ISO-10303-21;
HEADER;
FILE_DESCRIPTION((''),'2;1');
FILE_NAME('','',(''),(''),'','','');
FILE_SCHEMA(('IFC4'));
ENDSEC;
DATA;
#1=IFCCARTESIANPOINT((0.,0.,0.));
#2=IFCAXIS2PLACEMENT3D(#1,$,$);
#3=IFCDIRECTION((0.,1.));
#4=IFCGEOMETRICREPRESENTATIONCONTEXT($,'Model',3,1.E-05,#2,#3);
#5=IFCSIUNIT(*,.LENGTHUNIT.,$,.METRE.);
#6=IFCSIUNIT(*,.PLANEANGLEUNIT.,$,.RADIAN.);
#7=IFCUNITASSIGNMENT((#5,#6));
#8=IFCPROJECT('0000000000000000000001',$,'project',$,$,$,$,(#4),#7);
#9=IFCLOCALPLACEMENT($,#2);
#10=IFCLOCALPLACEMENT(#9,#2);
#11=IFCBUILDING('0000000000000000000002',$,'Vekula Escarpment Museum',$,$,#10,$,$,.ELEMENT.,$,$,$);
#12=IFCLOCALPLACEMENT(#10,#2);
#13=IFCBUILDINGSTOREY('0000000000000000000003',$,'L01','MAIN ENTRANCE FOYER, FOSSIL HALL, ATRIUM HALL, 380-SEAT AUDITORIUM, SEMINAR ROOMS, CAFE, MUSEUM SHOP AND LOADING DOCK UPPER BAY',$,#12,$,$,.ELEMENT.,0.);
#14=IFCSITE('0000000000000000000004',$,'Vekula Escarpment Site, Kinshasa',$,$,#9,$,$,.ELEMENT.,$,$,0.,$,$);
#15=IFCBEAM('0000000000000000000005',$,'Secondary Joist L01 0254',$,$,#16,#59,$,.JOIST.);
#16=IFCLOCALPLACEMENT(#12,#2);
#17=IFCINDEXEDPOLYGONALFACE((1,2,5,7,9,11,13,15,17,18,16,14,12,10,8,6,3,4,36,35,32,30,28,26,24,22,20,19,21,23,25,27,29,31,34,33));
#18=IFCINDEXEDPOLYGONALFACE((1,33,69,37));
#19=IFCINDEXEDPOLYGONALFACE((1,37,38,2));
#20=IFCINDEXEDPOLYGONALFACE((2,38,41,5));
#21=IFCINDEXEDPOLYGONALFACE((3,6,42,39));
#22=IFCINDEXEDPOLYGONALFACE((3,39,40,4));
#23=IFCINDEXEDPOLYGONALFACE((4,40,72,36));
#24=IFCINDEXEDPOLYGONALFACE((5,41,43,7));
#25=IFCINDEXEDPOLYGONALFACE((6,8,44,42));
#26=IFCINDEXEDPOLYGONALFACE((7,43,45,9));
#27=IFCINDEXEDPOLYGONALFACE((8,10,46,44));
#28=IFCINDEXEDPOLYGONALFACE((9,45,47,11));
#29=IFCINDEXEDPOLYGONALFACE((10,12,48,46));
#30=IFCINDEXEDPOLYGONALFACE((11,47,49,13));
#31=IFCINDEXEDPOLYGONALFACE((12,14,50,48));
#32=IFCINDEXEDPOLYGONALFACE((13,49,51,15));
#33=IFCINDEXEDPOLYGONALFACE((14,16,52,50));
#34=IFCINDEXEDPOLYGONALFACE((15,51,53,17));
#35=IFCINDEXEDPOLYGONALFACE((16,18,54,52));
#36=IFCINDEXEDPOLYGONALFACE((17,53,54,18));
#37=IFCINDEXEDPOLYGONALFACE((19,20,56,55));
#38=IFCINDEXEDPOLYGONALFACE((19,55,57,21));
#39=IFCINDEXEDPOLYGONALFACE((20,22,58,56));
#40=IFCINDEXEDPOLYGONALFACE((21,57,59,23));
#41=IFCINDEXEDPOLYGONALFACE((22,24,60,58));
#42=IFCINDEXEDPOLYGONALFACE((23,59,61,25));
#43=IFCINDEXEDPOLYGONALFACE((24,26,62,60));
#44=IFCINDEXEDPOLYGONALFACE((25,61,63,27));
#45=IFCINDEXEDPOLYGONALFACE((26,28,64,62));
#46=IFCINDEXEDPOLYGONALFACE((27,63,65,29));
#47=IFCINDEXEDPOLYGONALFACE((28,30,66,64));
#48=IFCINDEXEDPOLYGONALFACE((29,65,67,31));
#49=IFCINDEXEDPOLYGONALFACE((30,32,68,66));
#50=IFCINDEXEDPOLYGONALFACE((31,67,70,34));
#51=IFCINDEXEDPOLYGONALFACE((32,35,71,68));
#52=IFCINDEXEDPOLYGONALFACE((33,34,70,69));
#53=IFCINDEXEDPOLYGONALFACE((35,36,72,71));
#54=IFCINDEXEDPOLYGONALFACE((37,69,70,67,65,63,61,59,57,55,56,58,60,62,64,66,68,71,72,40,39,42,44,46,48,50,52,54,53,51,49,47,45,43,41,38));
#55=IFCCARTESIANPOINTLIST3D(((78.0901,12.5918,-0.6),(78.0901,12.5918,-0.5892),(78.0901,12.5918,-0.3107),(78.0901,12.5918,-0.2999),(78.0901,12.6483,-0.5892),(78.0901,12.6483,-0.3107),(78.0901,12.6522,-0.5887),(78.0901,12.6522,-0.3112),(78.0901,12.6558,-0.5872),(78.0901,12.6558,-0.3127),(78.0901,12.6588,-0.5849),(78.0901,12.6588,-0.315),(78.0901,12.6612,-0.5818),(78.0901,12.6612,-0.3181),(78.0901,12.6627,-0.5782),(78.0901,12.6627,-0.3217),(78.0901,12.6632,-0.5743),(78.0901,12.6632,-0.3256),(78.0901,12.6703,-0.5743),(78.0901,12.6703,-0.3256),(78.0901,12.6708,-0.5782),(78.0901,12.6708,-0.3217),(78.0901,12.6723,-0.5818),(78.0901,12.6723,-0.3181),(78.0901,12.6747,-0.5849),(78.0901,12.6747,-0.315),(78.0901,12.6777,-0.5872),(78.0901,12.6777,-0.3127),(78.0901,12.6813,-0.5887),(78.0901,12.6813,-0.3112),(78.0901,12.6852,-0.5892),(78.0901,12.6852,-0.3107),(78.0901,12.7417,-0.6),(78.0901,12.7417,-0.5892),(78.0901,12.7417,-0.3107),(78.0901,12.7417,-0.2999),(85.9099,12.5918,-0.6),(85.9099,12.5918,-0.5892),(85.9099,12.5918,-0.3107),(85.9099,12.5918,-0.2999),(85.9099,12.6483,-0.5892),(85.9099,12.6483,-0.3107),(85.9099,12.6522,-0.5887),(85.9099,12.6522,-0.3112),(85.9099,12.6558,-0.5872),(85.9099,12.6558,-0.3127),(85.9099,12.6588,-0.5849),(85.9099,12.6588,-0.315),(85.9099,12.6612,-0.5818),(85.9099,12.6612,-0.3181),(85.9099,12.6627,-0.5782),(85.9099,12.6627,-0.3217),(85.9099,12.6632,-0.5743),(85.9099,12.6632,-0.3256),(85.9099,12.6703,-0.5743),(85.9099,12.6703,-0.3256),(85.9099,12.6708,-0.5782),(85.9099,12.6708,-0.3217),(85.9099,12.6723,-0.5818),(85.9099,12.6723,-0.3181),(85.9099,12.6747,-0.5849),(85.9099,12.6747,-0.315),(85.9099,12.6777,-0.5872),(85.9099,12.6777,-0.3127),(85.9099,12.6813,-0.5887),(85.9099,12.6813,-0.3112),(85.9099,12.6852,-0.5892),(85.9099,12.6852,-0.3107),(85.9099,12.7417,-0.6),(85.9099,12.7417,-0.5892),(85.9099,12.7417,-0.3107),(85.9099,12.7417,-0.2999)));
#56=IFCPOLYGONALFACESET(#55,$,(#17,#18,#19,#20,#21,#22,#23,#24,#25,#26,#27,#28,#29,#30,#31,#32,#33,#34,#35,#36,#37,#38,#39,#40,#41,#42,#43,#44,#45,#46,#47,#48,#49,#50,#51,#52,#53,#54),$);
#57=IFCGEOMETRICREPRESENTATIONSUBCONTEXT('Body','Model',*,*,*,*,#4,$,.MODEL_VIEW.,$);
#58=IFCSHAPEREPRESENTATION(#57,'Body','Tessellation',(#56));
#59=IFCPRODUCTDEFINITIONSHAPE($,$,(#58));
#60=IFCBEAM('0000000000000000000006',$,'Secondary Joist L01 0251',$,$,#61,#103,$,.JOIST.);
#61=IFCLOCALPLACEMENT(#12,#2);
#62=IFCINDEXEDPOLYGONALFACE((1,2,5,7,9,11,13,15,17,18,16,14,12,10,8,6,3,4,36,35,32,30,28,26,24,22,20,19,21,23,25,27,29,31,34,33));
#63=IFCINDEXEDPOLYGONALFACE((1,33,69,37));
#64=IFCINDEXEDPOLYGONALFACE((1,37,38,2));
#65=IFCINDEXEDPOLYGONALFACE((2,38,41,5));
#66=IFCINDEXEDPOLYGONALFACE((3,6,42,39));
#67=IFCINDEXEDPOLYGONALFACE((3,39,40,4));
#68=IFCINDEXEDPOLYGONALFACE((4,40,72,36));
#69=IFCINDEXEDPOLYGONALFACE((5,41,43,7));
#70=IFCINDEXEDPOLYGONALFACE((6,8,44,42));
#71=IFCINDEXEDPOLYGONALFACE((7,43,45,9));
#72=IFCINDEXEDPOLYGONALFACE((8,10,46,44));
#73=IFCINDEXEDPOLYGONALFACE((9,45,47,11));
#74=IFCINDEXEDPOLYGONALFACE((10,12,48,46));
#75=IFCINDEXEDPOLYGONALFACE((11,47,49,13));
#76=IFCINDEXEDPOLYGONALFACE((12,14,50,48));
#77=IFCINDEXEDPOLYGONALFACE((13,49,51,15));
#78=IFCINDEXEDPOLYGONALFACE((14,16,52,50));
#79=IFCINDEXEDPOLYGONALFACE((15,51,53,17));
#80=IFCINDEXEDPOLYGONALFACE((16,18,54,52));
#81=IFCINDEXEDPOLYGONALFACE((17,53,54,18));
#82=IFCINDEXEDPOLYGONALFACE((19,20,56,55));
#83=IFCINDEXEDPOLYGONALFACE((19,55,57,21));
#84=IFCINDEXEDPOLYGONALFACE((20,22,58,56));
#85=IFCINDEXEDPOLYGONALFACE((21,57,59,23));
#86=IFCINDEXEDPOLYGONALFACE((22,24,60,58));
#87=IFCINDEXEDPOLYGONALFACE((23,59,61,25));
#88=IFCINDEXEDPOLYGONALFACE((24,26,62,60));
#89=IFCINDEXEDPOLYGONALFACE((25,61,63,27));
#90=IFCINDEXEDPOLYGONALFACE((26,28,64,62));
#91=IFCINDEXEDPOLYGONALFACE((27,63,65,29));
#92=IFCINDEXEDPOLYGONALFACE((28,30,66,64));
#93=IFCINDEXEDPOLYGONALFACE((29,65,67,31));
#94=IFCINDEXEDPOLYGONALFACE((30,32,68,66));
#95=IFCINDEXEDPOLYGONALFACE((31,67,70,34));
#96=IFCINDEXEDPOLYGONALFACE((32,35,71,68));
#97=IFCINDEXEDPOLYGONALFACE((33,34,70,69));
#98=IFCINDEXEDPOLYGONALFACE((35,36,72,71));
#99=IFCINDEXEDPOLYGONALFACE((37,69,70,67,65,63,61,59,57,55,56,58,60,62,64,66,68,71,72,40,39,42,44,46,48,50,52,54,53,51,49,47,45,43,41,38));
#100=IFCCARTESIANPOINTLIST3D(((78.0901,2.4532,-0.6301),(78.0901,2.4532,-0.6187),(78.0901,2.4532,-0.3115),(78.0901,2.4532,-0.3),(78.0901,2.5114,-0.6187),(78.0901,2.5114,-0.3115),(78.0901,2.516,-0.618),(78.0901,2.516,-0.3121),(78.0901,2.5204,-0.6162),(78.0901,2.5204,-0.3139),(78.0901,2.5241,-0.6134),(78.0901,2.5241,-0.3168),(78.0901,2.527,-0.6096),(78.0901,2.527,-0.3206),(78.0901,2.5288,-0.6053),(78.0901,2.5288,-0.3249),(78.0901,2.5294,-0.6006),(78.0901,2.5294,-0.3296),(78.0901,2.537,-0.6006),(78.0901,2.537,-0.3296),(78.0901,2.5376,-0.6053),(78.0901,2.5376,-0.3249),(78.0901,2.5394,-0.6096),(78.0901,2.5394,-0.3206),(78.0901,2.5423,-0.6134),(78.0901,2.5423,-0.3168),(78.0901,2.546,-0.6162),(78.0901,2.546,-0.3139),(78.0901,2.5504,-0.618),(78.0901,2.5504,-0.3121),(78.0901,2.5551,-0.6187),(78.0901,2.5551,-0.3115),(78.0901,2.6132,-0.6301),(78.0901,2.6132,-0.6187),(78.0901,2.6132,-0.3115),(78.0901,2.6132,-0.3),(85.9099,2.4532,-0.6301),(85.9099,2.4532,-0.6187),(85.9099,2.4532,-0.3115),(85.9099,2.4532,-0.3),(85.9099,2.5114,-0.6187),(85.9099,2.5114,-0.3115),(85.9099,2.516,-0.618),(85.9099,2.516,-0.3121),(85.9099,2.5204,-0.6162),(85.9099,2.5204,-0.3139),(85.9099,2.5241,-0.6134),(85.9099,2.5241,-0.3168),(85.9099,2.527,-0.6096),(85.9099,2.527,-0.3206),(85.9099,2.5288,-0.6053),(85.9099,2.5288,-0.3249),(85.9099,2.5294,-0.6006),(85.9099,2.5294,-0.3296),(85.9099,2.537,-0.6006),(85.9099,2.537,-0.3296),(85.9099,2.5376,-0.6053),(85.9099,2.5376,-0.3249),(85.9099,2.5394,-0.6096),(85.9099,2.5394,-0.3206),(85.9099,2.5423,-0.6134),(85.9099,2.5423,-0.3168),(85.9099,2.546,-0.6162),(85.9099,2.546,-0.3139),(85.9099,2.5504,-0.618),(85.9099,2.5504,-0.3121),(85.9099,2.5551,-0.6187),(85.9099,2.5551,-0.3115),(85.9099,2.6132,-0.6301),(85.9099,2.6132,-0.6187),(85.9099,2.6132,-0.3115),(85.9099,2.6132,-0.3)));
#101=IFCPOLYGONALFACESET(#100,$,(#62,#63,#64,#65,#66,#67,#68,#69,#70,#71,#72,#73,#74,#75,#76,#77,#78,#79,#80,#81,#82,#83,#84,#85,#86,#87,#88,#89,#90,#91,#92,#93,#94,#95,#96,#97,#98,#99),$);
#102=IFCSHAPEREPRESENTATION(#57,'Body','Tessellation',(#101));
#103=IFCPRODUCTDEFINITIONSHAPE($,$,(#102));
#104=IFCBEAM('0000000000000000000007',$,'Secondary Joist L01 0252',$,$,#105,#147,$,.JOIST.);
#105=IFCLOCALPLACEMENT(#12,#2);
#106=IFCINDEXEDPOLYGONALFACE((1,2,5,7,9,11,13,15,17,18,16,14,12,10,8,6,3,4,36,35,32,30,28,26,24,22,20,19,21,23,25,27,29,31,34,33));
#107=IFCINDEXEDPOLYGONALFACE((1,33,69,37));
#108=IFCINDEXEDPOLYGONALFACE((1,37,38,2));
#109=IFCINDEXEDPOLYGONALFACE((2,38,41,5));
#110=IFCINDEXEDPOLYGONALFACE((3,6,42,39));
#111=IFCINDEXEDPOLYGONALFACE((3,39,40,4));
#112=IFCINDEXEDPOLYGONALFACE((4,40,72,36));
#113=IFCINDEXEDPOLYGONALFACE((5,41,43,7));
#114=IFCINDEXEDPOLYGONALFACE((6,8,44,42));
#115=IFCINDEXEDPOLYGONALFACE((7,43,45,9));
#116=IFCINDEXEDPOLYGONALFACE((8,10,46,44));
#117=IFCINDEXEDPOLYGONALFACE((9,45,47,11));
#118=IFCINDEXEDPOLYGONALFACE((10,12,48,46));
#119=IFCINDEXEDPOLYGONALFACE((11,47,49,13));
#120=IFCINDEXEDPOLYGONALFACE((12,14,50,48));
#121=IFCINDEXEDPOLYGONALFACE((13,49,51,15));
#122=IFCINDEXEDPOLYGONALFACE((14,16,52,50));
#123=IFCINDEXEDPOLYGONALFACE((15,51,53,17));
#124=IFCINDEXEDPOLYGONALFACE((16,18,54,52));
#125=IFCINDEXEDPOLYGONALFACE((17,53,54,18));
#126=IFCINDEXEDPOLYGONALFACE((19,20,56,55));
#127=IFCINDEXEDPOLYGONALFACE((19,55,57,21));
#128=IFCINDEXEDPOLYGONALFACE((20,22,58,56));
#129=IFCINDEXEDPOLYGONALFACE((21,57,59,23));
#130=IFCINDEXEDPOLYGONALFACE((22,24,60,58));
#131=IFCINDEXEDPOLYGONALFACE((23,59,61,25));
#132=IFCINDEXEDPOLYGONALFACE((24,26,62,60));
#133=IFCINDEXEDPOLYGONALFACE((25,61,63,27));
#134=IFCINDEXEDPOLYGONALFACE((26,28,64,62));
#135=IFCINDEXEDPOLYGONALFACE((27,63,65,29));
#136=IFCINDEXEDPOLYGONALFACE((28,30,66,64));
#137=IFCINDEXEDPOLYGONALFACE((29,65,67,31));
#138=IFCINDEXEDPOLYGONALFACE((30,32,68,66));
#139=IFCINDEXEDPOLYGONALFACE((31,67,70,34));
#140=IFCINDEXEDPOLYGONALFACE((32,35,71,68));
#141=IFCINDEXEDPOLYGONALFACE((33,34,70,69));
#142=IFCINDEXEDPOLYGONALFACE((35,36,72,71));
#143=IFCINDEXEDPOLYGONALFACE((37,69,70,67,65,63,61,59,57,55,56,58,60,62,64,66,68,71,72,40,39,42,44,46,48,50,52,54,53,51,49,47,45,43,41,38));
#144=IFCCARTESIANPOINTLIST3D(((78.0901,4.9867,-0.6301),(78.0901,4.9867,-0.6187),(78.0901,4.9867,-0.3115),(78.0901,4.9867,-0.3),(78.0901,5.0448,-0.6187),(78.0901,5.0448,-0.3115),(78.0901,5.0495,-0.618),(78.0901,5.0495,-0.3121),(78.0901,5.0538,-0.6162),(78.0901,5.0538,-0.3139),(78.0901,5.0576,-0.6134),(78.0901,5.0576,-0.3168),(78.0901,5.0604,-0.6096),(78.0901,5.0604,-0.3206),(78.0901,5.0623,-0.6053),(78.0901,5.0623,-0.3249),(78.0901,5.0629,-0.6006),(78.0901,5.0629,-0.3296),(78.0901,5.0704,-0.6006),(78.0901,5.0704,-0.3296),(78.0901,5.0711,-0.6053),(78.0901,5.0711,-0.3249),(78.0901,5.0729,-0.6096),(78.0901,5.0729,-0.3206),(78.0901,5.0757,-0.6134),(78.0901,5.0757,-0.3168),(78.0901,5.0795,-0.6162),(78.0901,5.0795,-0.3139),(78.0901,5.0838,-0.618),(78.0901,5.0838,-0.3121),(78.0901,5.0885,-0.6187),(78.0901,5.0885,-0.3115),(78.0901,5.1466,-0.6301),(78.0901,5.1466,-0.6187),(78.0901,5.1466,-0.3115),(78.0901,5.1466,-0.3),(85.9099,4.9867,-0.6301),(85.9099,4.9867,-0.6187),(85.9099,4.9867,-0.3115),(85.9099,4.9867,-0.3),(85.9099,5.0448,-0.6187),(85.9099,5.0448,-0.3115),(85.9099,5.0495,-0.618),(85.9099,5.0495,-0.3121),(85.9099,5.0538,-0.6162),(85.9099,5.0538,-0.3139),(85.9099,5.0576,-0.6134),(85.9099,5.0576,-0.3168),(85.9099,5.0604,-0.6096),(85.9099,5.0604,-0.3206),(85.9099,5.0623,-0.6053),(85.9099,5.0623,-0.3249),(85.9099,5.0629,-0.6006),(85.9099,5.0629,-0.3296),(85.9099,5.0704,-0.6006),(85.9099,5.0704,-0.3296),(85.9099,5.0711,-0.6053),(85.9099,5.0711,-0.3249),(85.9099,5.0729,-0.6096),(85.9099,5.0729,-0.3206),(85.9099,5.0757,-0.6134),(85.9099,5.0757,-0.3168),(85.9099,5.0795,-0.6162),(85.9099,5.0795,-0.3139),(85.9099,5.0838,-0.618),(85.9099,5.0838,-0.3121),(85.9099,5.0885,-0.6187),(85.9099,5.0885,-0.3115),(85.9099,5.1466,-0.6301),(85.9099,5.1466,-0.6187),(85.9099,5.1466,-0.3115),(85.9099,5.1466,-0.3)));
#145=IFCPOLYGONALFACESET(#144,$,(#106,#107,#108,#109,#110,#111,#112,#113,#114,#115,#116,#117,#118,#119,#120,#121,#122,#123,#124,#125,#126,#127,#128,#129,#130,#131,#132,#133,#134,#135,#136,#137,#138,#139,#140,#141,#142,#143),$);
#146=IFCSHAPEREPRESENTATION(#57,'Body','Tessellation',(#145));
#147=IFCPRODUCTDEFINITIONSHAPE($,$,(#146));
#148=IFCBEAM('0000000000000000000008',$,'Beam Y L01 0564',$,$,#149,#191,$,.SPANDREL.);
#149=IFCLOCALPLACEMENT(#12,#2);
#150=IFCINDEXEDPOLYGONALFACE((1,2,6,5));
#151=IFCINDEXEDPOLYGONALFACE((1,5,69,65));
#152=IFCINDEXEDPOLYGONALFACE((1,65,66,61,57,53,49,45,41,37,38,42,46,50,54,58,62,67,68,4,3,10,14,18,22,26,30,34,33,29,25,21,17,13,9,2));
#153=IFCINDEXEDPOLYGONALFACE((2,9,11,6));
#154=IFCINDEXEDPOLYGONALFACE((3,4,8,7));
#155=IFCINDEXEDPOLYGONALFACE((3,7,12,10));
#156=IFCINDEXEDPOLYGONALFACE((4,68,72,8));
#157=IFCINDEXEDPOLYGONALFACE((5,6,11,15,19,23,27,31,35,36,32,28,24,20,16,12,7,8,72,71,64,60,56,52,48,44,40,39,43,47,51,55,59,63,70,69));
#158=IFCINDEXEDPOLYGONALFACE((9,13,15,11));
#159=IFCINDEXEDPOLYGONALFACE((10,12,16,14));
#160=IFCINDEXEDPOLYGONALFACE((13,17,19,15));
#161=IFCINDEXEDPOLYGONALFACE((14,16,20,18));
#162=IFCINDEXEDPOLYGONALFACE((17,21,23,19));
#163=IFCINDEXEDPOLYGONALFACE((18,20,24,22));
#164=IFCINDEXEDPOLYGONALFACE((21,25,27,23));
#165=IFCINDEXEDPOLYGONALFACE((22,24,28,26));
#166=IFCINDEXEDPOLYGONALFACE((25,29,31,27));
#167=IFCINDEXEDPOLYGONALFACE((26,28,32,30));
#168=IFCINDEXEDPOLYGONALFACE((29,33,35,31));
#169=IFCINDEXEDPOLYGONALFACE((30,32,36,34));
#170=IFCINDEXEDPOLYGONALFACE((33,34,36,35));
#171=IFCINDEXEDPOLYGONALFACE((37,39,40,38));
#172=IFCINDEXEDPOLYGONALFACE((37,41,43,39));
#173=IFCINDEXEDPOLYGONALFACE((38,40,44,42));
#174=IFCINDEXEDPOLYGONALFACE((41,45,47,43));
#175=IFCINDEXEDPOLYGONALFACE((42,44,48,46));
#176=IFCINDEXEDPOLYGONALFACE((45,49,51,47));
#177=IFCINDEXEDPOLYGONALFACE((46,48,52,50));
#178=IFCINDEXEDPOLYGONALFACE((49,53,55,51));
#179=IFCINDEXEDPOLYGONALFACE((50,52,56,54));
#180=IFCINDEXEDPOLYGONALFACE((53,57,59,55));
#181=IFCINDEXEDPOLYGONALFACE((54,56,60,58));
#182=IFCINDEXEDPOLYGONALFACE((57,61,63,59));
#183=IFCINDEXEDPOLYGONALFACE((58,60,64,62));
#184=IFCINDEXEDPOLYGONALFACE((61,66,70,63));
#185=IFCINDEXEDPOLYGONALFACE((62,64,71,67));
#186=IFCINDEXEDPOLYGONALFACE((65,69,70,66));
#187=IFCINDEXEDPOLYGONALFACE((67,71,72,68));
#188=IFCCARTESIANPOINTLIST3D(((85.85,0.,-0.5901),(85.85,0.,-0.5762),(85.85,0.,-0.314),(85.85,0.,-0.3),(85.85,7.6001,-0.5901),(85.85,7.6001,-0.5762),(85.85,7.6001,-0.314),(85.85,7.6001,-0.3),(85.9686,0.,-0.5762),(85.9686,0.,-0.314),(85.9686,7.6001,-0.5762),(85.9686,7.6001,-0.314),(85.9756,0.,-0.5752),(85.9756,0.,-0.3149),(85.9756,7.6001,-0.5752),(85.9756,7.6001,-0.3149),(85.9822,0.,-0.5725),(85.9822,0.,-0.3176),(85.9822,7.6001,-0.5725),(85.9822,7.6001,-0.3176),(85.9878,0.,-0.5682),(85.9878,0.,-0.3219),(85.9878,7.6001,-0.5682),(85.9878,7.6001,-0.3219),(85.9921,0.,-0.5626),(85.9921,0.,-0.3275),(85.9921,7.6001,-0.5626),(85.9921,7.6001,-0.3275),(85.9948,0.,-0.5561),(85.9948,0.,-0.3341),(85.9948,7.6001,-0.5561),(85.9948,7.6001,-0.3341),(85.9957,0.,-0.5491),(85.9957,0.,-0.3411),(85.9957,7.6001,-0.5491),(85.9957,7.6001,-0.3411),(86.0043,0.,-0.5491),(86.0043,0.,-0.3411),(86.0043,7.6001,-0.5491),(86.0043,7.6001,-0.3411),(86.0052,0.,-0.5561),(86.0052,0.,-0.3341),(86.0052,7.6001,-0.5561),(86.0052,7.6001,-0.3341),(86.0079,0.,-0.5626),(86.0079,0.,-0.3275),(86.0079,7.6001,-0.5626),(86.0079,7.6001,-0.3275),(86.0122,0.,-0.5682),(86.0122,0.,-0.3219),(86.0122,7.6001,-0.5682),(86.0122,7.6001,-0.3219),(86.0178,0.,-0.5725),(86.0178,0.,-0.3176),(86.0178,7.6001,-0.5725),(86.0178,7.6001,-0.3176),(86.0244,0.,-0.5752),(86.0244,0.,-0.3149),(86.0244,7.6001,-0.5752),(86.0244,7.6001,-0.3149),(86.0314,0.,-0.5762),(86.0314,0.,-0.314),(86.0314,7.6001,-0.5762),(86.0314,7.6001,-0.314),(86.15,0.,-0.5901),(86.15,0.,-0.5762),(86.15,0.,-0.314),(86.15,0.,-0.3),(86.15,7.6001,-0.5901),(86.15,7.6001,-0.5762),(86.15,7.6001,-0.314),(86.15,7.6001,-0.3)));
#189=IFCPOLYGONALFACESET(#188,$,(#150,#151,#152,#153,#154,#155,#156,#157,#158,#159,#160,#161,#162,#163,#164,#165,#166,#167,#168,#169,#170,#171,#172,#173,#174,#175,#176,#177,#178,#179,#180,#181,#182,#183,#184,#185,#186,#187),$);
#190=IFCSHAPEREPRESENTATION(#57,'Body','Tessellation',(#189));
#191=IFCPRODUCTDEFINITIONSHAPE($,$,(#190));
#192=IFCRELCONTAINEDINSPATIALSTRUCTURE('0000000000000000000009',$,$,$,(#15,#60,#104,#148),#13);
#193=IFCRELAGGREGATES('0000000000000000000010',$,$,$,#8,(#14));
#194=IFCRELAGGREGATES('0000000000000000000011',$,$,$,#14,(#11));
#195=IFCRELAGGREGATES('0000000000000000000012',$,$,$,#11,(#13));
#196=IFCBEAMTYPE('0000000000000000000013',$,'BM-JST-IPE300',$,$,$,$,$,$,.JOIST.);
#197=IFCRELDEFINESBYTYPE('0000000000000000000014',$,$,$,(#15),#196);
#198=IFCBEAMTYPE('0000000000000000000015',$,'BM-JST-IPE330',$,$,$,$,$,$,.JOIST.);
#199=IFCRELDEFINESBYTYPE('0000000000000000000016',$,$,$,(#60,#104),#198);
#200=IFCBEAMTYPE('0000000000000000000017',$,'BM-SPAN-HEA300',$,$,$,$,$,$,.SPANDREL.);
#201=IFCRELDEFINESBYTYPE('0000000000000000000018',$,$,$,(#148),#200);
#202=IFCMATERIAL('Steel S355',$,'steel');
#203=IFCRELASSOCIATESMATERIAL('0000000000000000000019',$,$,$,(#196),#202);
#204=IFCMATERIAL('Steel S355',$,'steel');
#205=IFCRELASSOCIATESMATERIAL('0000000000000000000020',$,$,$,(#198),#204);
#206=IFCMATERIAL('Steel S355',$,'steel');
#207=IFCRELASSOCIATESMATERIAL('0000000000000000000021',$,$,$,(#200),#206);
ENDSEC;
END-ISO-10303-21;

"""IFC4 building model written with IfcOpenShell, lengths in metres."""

from ifc_helpers import new_model, si_unit, direction, frame, origin, origin_2d, place, context, subcontext, project, spatial, i_section, extrude, material, material_profile, profile_set, type_object, element, save


model = new_model("IFC4")

# Units and contexts
model_context = context("Model", 3, precision=1e-05, world=origin(), true_north=direction((0.0, 1.0)))
body_context = subcontext(model_context, "Body", "Model", "MODEL_VIEW")
ifc_project = project(units=[si_unit("LENGTHUNIT", "METRE"), si_unit("PLANEANGLEUNIT", "RADIAN")], contexts=[model_context])

# Site, building, storey
site_placement = place(None, origin())
site = spatial("IfcSite", under=ifc_project, at=site_placement, Name="Vekula Escarpment Site, Kinshasa", CompositionType="ELEMENT", RefElevation=0.0)
building_placement = place(site_placement, origin())
building = spatial("IfcBuilding", under=site, at=building_placement, Name="Vekula Escarpment Museum", CompositionType="ELEMENT")
storey_placement = place(building_placement, origin())
storey = spatial("IfcBuildingStorey", under=building, at=storey_placement, Name="L01", Description="MAIN ENTRANCE FOYER, FOSSIL HALL, ATRIUM HALL, 380-SEAT AUDITORIUM, SEMINAR ROOMS, CAFE, MUSEUM SHOP AND LOADING DOCK UPPER BAY", CompositionType="ELEMENT", Elevation=0.0)

# Beams
ifc_material_1 = material(Name="Steel S355", Category="steel")
ifc_material_profile_1 = material_profile(ifc_material_1, i_section(OverallWidth=0.1499, OverallDepth=0.3, WebThickness=0.0071, FlangeThickness=0.0107, FilletRadius=0.0149, at=origin_2d()), Name="IPE 300")
ifc_profile_set_1 = profile_set([ifc_material_profile_1], Name="Steel S355")
beam_type_1 = type_object("IfcBeamType", Name="BM-JST-IPE300", PredefinedType="JOIST", material=ifc_profile_set_1)
for number, where, z_axis, x_axis, name in (
    (1, (78.0901, 12.6667, -0.45), (1.0, 0.0, 0.0), (0.0, 1.0, 0.0), "Secondary Joist L01 0254"),
):
    element("IfcBeam", number, at=place(storey_placement, frame(where, z_axis=z_axis, x_axis=x_axis)), inside=storey, type_object=beam_type_1, Name=name, PredefinedType="JOIST", context=body_context, shape_type="SweptSolid", body=[
        extrude(i_section(OverallWidth=0.1499, OverallDepth=0.3, WebThickness=0.0071, FlangeThickness=0.0107, FilletRadius=0.0149, at=origin_2d()), origin(), (0.0, 0.0, 1.0), 7.8198),
    ])
ifc_material_2 = material(Name="Steel S355", Category="steel")
ifc_material_profile_2 = material_profile(ifc_material_2, i_section(OverallWidth=0.1599, OverallDepth=0.3301, WebThickness=0.0076, FlangeThickness=0.0115, FilletRadius=0.0181, at=origin_2d()), Name="IPE 330")
ifc_profile_set_2 = profile_set([ifc_material_profile_2], Name="Steel S355")
beam_type_2 = type_object("IfcBeamType", Name="BM-JST-IPE330", PredefinedType="JOIST", material=ifc_profile_set_2)
for number, where, z_axis, x_axis, name in (
    (2, (78.0901, 2.5332, -0.4651), (1.0, 0.0, 0.0), (0.0, 1.0, 0.0), "Secondary Joist L01 0251"),
    (3, (78.0901, 5.0667, -0.4651), (1.0, 0.0, 0.0), (0.0, 1.0, 0.0), "Secondary Joist L01 0252"),
):
    element("IfcBeam", number, at=place(storey_placement, frame(where, z_axis=z_axis, x_axis=x_axis)), inside=storey, type_object=beam_type_2, Name=name, PredefinedType="JOIST", context=body_context, shape_type="SweptSolid", body=[
        extrude(i_section(OverallWidth=0.1599, OverallDepth=0.3301, WebThickness=0.0076, FlangeThickness=0.0115, FilletRadius=0.0181, at=origin_2d()), origin(), (0.0, 0.0, 1.0), 7.8198),
    ])
ifc_material_3 = material(Name="Steel S355", Category="steel")
ifc_material_profile_3 = material_profile(ifc_material_3, i_section(OverallWidth=0.3, OverallDepth=0.29, WebThickness=0.0085, FlangeThickness=0.0139, FilletRadius=0.0271, at=origin_2d()), Name="HEA 300")
ifc_profile_set_3 = profile_set([ifc_material_profile_3], Name="Steel S355")
beam_type_3 = type_object("IfcBeamType", Name="BM-SPAN-HEA300", PredefinedType="SPANDREL", material=ifc_profile_set_3)
beam_1_placement = place(storey_placement, frame((86.0, 0.0, -0.4451), z_axis=(0.0, 1.0, 0.0), x_axis=(-1.0, 0.0, 0.0)))
element("IfcBeam", 4, at=beam_1_placement, inside=storey, type_object=beam_type_3, Name="Beam Y L01 0564", PredefinedType="SPANDREL", context=body_context, shape_type="SweptSolid", body=[
    extrude(i_section(OverallWidth=0.3, OverallDepth=0.29, WebThickness=0.0085, FlangeThickness=0.0139, FilletRadius=0.0271, at=origin_2d()), origin(), (0.0, 0.0, 1.0), 7.6001),
])

save(model, "model.ifc")
